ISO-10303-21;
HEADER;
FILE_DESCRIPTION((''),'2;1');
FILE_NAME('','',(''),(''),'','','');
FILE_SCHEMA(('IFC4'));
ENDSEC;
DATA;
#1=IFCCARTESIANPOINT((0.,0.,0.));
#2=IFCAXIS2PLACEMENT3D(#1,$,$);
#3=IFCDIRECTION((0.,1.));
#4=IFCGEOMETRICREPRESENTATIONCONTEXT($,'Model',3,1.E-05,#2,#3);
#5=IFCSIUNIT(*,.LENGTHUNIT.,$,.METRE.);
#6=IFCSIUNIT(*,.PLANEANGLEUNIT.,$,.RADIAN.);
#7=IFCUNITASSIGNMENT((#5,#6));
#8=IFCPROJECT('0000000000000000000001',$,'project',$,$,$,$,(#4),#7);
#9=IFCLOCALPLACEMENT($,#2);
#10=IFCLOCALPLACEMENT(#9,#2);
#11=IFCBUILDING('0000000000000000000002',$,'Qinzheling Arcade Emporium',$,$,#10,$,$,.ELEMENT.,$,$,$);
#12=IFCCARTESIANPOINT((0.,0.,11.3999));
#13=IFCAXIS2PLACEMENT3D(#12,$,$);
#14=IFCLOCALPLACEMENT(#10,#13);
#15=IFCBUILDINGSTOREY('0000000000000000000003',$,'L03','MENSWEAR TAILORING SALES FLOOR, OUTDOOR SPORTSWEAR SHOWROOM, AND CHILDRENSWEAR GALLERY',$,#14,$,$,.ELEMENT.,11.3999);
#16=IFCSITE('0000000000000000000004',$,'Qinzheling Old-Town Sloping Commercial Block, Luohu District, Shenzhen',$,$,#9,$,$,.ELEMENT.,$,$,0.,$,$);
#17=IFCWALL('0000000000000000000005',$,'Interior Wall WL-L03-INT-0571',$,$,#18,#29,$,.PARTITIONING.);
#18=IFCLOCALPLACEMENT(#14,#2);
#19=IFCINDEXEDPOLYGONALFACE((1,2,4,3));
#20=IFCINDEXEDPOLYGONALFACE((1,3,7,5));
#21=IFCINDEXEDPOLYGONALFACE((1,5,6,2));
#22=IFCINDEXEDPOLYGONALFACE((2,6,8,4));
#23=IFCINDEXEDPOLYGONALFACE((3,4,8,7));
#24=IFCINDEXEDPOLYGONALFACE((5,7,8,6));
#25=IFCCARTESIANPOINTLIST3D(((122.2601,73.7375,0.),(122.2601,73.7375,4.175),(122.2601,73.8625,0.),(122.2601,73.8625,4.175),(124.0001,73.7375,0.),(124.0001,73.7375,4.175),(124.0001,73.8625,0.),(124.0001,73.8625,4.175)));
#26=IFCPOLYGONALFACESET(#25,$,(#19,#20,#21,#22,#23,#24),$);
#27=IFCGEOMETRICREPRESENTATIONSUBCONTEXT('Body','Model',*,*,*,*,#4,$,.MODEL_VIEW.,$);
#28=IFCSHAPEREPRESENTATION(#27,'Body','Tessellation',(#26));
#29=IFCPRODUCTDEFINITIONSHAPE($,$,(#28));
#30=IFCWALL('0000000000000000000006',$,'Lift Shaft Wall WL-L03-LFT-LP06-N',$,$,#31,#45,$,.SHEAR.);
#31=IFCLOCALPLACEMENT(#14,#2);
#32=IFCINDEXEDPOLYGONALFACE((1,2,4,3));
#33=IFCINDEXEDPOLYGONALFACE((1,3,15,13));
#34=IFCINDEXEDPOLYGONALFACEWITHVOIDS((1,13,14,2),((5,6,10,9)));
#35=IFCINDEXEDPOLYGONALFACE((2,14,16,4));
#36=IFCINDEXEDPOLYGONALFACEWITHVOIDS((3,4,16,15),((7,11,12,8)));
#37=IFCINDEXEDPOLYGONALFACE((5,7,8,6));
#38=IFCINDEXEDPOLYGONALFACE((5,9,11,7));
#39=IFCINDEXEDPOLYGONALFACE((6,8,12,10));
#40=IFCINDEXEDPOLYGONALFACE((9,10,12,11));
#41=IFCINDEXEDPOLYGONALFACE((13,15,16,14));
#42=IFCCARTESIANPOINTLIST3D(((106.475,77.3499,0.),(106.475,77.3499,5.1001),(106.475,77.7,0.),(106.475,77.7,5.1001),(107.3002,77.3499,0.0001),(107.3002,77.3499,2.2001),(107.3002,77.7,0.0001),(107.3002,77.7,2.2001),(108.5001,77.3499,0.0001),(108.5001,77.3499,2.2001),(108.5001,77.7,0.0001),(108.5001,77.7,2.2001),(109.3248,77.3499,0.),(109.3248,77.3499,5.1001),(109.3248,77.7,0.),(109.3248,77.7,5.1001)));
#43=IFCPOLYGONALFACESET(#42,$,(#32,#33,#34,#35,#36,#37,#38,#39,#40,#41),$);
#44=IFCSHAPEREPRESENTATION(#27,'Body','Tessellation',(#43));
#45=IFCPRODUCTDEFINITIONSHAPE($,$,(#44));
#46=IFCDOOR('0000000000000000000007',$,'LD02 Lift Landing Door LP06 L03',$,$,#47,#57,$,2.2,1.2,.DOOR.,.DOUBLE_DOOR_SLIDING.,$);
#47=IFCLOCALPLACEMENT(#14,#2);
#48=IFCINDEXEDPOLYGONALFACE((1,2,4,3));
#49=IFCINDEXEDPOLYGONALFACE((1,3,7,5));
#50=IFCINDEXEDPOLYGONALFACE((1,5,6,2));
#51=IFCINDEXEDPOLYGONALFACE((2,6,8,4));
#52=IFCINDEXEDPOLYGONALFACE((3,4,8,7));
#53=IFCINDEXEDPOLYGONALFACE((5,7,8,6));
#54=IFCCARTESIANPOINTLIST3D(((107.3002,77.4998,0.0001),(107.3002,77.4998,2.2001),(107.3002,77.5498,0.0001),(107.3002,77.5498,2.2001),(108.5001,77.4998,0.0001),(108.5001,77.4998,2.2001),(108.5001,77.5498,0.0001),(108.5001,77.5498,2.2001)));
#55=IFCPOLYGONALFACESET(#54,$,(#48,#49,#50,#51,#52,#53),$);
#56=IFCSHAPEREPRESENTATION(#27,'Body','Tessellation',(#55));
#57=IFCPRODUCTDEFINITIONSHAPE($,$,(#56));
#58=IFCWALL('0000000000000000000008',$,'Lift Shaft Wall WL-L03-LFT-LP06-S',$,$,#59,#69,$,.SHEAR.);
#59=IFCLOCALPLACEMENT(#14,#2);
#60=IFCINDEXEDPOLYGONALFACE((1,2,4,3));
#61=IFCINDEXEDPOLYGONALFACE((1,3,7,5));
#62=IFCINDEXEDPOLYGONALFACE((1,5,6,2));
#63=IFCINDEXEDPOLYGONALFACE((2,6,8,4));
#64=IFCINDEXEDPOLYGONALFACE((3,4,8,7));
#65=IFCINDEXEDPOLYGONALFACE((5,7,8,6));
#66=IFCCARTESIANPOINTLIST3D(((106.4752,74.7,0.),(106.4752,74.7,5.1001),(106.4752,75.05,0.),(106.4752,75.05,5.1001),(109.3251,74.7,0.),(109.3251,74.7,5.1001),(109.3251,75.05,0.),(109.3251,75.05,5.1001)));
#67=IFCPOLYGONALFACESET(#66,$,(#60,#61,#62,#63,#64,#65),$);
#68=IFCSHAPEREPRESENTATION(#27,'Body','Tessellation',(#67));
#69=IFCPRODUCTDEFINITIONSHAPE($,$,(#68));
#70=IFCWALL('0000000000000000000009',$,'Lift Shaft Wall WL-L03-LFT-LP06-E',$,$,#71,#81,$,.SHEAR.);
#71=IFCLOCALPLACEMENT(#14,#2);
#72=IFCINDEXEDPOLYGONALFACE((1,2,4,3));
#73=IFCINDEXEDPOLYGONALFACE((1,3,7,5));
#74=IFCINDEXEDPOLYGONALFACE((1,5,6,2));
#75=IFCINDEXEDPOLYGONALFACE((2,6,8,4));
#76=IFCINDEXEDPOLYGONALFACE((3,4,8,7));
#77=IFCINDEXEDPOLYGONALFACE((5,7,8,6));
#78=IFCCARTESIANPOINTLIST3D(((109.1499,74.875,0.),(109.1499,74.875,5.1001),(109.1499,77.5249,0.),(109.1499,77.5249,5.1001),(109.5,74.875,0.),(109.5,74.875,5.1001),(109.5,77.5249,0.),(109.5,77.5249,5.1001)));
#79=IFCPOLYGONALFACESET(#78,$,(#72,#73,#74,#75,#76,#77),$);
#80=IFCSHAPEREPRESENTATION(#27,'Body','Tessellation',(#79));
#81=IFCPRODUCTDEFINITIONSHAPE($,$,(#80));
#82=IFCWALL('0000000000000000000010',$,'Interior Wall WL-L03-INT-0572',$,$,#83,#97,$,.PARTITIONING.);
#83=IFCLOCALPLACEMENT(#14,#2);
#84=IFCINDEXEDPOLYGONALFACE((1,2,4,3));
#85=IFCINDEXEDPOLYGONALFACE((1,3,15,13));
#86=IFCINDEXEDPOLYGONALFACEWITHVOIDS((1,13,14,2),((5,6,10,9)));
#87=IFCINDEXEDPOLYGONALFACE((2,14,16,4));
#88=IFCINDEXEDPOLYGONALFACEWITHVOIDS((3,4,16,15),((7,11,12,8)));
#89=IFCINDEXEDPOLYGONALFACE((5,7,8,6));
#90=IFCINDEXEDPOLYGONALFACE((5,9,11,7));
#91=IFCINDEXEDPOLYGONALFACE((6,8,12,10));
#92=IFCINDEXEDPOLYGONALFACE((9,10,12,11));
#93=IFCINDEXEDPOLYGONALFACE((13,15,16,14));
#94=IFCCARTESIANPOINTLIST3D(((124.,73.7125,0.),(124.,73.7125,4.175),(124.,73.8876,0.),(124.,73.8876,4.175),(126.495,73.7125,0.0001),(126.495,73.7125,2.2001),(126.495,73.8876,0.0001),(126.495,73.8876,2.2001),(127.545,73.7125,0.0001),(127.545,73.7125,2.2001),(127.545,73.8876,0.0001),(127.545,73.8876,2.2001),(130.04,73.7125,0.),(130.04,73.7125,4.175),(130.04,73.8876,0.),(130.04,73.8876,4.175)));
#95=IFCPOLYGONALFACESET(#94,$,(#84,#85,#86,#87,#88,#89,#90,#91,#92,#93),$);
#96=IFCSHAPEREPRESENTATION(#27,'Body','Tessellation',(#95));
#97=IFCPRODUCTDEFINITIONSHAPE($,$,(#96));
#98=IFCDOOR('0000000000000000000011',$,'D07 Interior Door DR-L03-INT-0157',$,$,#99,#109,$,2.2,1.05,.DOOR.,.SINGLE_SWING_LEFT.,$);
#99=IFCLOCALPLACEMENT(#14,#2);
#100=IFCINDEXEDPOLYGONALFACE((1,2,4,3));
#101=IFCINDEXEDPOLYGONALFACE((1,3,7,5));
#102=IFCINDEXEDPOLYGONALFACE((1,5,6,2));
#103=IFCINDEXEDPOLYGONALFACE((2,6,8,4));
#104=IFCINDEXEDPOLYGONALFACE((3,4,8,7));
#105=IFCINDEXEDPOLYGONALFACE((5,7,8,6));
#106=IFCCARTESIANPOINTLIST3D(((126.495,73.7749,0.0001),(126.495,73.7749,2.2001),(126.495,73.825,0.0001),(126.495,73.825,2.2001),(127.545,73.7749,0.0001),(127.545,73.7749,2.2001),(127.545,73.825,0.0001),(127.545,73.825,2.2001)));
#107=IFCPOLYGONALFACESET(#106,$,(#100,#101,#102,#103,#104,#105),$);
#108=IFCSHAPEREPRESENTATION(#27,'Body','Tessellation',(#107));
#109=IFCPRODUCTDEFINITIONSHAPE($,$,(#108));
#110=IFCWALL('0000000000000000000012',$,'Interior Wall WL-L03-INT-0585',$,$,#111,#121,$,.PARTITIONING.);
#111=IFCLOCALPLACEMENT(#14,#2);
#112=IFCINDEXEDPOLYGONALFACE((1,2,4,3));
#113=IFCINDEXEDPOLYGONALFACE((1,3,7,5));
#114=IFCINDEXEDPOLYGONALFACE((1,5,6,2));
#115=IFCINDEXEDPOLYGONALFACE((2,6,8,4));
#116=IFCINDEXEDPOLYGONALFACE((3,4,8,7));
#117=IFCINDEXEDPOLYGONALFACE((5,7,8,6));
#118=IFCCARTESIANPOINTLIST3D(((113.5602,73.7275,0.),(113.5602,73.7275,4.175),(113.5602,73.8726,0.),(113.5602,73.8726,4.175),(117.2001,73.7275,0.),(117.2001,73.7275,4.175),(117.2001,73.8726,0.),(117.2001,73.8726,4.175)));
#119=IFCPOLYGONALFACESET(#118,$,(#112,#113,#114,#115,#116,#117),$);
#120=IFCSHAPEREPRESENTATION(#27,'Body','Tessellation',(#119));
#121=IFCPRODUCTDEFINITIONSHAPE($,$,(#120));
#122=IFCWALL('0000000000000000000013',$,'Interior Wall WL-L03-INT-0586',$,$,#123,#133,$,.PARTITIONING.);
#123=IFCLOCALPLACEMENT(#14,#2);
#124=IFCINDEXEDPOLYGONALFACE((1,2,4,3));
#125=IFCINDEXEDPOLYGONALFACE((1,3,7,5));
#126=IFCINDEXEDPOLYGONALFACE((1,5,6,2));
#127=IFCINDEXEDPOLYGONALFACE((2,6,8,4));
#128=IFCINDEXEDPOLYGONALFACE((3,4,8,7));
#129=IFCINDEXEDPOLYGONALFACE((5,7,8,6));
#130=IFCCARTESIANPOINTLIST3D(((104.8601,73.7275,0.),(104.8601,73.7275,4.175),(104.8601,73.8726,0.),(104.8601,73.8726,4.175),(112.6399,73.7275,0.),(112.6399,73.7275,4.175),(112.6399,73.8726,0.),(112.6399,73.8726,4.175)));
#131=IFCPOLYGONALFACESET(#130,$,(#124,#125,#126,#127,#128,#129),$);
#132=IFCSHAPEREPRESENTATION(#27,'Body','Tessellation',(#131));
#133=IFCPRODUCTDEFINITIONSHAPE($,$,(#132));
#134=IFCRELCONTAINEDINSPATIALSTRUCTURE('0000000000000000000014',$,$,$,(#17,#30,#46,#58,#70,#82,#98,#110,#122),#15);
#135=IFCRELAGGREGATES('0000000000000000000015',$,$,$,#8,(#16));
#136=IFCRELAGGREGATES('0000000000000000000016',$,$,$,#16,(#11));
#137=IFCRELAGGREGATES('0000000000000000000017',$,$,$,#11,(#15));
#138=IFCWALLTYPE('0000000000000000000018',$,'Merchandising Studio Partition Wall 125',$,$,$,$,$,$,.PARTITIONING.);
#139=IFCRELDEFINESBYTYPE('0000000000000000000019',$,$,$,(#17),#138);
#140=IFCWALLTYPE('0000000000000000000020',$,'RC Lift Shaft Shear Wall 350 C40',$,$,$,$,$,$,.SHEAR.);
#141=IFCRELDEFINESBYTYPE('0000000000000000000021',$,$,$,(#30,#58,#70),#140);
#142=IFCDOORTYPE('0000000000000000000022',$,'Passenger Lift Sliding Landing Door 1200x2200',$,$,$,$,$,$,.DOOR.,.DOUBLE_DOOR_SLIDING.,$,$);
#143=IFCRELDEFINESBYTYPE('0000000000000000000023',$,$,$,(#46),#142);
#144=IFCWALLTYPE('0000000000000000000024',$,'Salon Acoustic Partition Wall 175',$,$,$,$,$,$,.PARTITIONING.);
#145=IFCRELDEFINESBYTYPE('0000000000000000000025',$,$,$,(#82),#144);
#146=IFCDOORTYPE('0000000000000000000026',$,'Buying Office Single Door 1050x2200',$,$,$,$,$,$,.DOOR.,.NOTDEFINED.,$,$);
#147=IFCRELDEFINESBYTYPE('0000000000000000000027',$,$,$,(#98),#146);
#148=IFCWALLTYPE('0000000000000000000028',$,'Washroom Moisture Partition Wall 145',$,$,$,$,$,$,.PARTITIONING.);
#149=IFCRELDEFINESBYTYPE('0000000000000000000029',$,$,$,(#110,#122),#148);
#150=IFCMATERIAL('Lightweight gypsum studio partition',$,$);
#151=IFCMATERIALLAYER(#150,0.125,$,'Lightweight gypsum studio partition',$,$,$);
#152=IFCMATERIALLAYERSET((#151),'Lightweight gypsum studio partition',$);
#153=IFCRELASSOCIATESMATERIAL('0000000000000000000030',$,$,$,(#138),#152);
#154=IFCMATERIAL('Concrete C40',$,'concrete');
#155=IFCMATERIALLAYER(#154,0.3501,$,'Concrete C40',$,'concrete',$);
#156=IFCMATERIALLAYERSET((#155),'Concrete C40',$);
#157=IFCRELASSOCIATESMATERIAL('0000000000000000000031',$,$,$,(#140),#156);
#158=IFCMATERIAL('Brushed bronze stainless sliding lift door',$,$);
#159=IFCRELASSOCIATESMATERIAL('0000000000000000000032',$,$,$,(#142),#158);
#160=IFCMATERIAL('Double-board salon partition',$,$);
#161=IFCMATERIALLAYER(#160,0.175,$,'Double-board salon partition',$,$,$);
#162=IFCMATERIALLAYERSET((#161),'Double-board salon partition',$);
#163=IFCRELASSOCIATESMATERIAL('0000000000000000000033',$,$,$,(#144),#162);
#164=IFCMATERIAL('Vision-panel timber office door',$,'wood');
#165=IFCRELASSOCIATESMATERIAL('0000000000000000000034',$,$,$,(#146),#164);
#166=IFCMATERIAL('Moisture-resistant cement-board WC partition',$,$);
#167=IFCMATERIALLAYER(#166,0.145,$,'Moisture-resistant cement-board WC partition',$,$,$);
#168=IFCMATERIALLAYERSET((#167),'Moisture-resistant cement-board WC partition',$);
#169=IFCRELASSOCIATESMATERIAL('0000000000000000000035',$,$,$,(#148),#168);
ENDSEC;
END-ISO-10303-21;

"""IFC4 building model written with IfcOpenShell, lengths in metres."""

from ifc_helpers import new_model, si_unit, direction, frame, frame_2d, origin, place, context, subcontext, project, spatial, rectangle, extrude, material, layer, layer_set, type_object, element, fill, save


model = new_model("IFC4")

# Units and contexts
model_context = context("Model", 3, precision=1e-05, world=origin(), true_north=direction((0.0, 1.0)))
body_context = subcontext(model_context, "Body", "Model", "MODEL_VIEW")
ifc_project = project(units=[si_unit("LENGTHUNIT", "METRE"), si_unit("PLANEANGLEUNIT", "RADIAN")], contexts=[model_context])

# Site, building, storey
site_placement = place(None, origin())
site = spatial("IfcSite", under=ifc_project, at=site_placement, Name="Qinzheling Old-Town Sloping Commercial Block, Luohu District, Shenzhen", CompositionType="ELEMENT", RefElevation=0.0)
building_placement = place(site_placement, origin())
building = spatial("IfcBuilding", under=site, at=building_placement, Name="Qinzheling Arcade Emporium", CompositionType="ELEMENT")
storey_placement = place(building_placement, frame((0.0, 0.0, 11.3999)))
storey = spatial("IfcBuildingStorey", under=building, at=storey_placement, Name="L03", Description="MENSWEAR TAILORING SALES FLOOR, OUTDOOR SPORTSWEAR SHOWROOM, AND CHILDRENSWEAR GALLERY", CompositionType="ELEMENT", Elevation=11.3999)

# Shared definitions
ifc_material_1 = material(Name="Concrete C40", Category="concrete")

# Wall
ifc_material_2 = material(Name="Lightweight gypsum studio partition")
ifc_layer_1 = layer(ifc_material_2, 0.125, Name="Lightweight gypsum studio partition")
ifc_layer_set_1 = layer_set([ifc_layer_1], Name="Lightweight gypsum studio partition")
wall_type_1 = type_object("IfcWallType", Name="Merchandising Studio Partition Wall 125", PredefinedType="PARTITIONING", material=ifc_layer_set_1)
wall_1_placement = place(storey_placement, frame((122.26, 73.8, 0.0), z_axis=(0.0, 0.0, 1.0), x_axis=(1.0, 0.0, 0.0)))
element("IfcWall", 1, at=wall_1_placement, inside=storey, type_object=wall_type_1, Name="Interior Wall WL-L03-INT-0571", PredefinedType="PARTITIONING", context=body_context, shape_type="SweptSolid", body=[
    extrude(rectangle(XDim=1.74, YDim=0.125, at=frame_2d((0.8701, 0.0))), origin(), (0.0, 0.0, 1.0), 4.175),
])

# Wall, opening, door
ifc_layer_2 = layer(ifc_material_1, 0.3501, Name="Concrete C40", Category="concrete")
ifc_layer_set_2 = layer_set([ifc_layer_2], Name="Concrete C40")
wall_type_2 = type_object("IfcWallType", Name="RC Lift Shaft Shear Wall 350 C40", PredefinedType="SHEAR", material=ifc_layer_set_2)
wall_2_placement = place(storey_placement, frame((106.4751, 77.5249, 0.0), z_axis=(0.0, 0.0, 1.0), x_axis=(1.0, 0.0, 0.0)))
wall_2 = element("IfcWall", 2, at=wall_2_placement, inside=storey, type_object=wall_type_2, Name="Lift Shaft Wall WL-L03-LFT-LP06-N", PredefinedType="SHEAR", context=body_context, shape_type="SweptSolid", body=[
    extrude(rectangle(XDim=2.8499, YDim=0.3501, at=frame_2d((1.4248, 0.0))), origin(), (0.0, 0.0, 1.0), 5.1001),
])
opening_1_placement = place(wall_2_placement, frame((0.825, 0.0, 0.0)))
opening_1 = element("IfcOpeningElement", 3, at=opening_1_placement, cuts=wall_2, PredefinedType="OPENING", context=body_context, shape_type="SweptSolid", body=[
    extrude(rectangle(XDim=1.2, YDim=2.2, at=frame_2d((0.6001, 1.1001))), frame((0.0, 0.1851, 0.0), z_axis=(0.0, -1.0, 0.0), x_axis=(1.0, 0.0, 0.0)), (0.0, 0.0, 1.0), 0.3701),
])
ifc_material_3 = material(Name="Brushed bronze stainless sliding lift door")
door_type_1 = type_object("IfcDoorType", Name="Passenger Lift Sliding Landing Door 1200x2200", OperationType="DOUBLE_DOOR_SLIDING", PredefinedType="DOOR", material=ifc_material_3)
door_1_placement = place(opening_1_placement, origin())
door_1 = element("IfcDoor", 4, at=door_1_placement, inside=storey, type_object=door_type_1, Name="LD02 Lift Landing Door LP06 L03", OperationType="DOUBLE_DOOR_SLIDING", OverallHeight=2.2, OverallWidth=1.2, PredefinedType="DOOR", context=body_context, shape_type="SweptSolid", body=[
    extrude(rectangle(XDim=1.2, YDim=2.2, at=frame_2d((0.6001, 1.1001))), frame((0.0, 0.0249, 0.0), z_axis=(0.0, -1.0, 0.0), x_axis=(1.0, 0.0, 0.0)), (0.0, 0.0, 1.0), 0.05),
])
fill(opening_1, door_1)

# Walls
wall_3_placement = place(storey_placement, frame((109.325, 74.875, 0.0), z_axis=(0.0, 0.0, 1.0), x_axis=(-1.0, 0.0, 0.0)))
element("IfcWall", 5, at=wall_3_placement, inside=storey, type_object=wall_type_2, Name="Lift Shaft Wall WL-L03-LFT-LP06-S", PredefinedType="SHEAR", context=body_context, shape_type="SweptSolid", body=[
    extrude(rectangle(XDim=2.8499, YDim=0.3501, at=frame_2d((1.4248, 0.0))), origin(), (0.0, 0.0, 1.0), 5.1001),
])
wall_4_placement = place(storey_placement, frame((109.325, 77.5249, 0.0), z_axis=(0.0, 0.0, 1.0), x_axis=(0.0, -1.0, 0.0)))
element("IfcWall", 6, at=wall_4_placement, inside=storey, type_object=wall_type_2, Name="Lift Shaft Wall WL-L03-LFT-LP06-E", PredefinedType="SHEAR", context=body_context, shape_type="SweptSolid", body=[
    extrude(rectangle(XDim=2.6499, YDim=0.3501, at=frame_2d((1.325, 0.0))), origin(), (0.0, 0.0, 1.0), 5.1001),
])

# Wall, opening, door
ifc_material_4 = material(Name="Double-board salon partition")
ifc_layer_3 = layer(ifc_material_4, 0.175, Name="Double-board salon partition")
ifc_layer_set_3 = layer_set([ifc_layer_3], Name="Double-board salon partition")
wall_type_3 = type_object("IfcWallType", Name="Salon Acoustic Partition Wall 175", PredefinedType="PARTITIONING", material=ifc_layer_set_3)
wall_5_placement = place(storey_placement, frame((124.0, 73.8, 0.0), z_axis=(0.0, 0.0, 1.0), x_axis=(1.0, 0.0, 0.0)))
wall_5 = element("IfcWall", 7, at=wall_5_placement, inside=storey, type_object=wall_type_3, Name="Interior Wall WL-L03-INT-0572", PredefinedType="PARTITIONING", context=body_context, shape_type="SweptSolid", body=[
    extrude(rectangle(XDim=6.04, YDim=0.175, at=frame_2d((3.02, 0.0))), origin(), (0.0, 0.0, 1.0), 4.175),
])
opening_2_placement = place(wall_5_placement, frame((2.4951, 0.0, 0.0)))
opening_2 = element("IfcOpeningElement", 8, at=opening_2_placement, cuts=wall_5, PredefinedType="OPENING", context=body_context, shape_type="SweptSolid", body=[
    extrude(rectangle(XDim=1.05, YDim=2.2, at=frame_2d((0.5249, 1.1001))), frame((0.0, 0.0977, 0.0), z_axis=(0.0, -1.0, 0.0), x_axis=(1.0, 0.0, 0.0)), (0.0, 0.0, 1.0), 0.1951),
])
ifc_material_5 = material(Name="Vision-panel timber office door", Category="wood")
door_type_2 = type_object("IfcDoorType", Name="Buying Office Single Door 1050x2200", OperationType="NOTDEFINED", PredefinedType="DOOR", material=ifc_material_5)
door_2_placement = place(opening_2_placement, origin())
door_2 = element("IfcDoor", 9, at=door_2_placement, inside=storey, type_object=door_type_2, Name="D07 Interior Door DR-L03-INT-0157", OperationType="SINGLE_SWING_LEFT", OverallHeight=2.2, OverallWidth=1.05, PredefinedType="DOOR", context=body_context, shape_type="SweptSolid", body=[
    extrude(rectangle(XDim=1.05, YDim=2.2, at=frame_2d((0.5249, 1.1001))), frame((0.0, 0.0249, 0.0), z_axis=(0.0, -1.0, 0.0), x_axis=(1.0, 0.0, 0.0)), (0.0, 0.0, 1.0), 0.05),
])
fill(opening_2, door_2)

# Walls
ifc_material_6 = material(Name="Moisture-resistant cement-board WC partition")
ifc_layer_4 = layer(ifc_material_6, 0.145, Name="Moisture-resistant cement-board WC partition")
ifc_layer_set_4 = layer_set([ifc_layer_4], Name="Moisture-resistant cement-board WC partition")
wall_type_4 = type_object("IfcWallType", Name="Washroom Moisture Partition Wall 145", PredefinedType="PARTITIONING", material=ifc_layer_set_4)
wall_6_placement = place(storey_placement, frame((117.2, 73.8, 0.0), z_axis=(0.0, 0.0, 1.0), x_axis=(-1.0, 0.0, 0.0)))
element("IfcWall", 10, at=wall_6_placement, inside=storey, type_object=wall_type_4, Name="Interior Wall WL-L03-INT-0585", PredefinedType="PARTITIONING", context=body_context, shape_type="SweptSolid", body=[
    extrude(rectangle(XDim=3.6399, YDim=0.145, at=frame_2d((1.8198, 0.0))), origin(), (0.0, 0.0, 1.0), 4.175),
])
wall_7_placement = place(storey_placement, frame((112.6399, 73.8, 0.0), z_axis=(0.0, 0.0, 1.0), x_axis=(-1.0, 0.0, 0.0)))
element("IfcWall", 11, at=wall_7_placement, inside=storey, type_object=wall_type_4, Name="Interior Wall WL-L03-INT-0586", PredefinedType="PARTITIONING", context=body_context, shape_type="SweptSolid", body=[
    extrude(rectangle(XDim=7.7798, YDim=0.145, at=frame_2d((3.8899, 0.0))), origin(), (0.0, 0.0, 1.0), 4.175),
])

save(model, "model.ifc")
